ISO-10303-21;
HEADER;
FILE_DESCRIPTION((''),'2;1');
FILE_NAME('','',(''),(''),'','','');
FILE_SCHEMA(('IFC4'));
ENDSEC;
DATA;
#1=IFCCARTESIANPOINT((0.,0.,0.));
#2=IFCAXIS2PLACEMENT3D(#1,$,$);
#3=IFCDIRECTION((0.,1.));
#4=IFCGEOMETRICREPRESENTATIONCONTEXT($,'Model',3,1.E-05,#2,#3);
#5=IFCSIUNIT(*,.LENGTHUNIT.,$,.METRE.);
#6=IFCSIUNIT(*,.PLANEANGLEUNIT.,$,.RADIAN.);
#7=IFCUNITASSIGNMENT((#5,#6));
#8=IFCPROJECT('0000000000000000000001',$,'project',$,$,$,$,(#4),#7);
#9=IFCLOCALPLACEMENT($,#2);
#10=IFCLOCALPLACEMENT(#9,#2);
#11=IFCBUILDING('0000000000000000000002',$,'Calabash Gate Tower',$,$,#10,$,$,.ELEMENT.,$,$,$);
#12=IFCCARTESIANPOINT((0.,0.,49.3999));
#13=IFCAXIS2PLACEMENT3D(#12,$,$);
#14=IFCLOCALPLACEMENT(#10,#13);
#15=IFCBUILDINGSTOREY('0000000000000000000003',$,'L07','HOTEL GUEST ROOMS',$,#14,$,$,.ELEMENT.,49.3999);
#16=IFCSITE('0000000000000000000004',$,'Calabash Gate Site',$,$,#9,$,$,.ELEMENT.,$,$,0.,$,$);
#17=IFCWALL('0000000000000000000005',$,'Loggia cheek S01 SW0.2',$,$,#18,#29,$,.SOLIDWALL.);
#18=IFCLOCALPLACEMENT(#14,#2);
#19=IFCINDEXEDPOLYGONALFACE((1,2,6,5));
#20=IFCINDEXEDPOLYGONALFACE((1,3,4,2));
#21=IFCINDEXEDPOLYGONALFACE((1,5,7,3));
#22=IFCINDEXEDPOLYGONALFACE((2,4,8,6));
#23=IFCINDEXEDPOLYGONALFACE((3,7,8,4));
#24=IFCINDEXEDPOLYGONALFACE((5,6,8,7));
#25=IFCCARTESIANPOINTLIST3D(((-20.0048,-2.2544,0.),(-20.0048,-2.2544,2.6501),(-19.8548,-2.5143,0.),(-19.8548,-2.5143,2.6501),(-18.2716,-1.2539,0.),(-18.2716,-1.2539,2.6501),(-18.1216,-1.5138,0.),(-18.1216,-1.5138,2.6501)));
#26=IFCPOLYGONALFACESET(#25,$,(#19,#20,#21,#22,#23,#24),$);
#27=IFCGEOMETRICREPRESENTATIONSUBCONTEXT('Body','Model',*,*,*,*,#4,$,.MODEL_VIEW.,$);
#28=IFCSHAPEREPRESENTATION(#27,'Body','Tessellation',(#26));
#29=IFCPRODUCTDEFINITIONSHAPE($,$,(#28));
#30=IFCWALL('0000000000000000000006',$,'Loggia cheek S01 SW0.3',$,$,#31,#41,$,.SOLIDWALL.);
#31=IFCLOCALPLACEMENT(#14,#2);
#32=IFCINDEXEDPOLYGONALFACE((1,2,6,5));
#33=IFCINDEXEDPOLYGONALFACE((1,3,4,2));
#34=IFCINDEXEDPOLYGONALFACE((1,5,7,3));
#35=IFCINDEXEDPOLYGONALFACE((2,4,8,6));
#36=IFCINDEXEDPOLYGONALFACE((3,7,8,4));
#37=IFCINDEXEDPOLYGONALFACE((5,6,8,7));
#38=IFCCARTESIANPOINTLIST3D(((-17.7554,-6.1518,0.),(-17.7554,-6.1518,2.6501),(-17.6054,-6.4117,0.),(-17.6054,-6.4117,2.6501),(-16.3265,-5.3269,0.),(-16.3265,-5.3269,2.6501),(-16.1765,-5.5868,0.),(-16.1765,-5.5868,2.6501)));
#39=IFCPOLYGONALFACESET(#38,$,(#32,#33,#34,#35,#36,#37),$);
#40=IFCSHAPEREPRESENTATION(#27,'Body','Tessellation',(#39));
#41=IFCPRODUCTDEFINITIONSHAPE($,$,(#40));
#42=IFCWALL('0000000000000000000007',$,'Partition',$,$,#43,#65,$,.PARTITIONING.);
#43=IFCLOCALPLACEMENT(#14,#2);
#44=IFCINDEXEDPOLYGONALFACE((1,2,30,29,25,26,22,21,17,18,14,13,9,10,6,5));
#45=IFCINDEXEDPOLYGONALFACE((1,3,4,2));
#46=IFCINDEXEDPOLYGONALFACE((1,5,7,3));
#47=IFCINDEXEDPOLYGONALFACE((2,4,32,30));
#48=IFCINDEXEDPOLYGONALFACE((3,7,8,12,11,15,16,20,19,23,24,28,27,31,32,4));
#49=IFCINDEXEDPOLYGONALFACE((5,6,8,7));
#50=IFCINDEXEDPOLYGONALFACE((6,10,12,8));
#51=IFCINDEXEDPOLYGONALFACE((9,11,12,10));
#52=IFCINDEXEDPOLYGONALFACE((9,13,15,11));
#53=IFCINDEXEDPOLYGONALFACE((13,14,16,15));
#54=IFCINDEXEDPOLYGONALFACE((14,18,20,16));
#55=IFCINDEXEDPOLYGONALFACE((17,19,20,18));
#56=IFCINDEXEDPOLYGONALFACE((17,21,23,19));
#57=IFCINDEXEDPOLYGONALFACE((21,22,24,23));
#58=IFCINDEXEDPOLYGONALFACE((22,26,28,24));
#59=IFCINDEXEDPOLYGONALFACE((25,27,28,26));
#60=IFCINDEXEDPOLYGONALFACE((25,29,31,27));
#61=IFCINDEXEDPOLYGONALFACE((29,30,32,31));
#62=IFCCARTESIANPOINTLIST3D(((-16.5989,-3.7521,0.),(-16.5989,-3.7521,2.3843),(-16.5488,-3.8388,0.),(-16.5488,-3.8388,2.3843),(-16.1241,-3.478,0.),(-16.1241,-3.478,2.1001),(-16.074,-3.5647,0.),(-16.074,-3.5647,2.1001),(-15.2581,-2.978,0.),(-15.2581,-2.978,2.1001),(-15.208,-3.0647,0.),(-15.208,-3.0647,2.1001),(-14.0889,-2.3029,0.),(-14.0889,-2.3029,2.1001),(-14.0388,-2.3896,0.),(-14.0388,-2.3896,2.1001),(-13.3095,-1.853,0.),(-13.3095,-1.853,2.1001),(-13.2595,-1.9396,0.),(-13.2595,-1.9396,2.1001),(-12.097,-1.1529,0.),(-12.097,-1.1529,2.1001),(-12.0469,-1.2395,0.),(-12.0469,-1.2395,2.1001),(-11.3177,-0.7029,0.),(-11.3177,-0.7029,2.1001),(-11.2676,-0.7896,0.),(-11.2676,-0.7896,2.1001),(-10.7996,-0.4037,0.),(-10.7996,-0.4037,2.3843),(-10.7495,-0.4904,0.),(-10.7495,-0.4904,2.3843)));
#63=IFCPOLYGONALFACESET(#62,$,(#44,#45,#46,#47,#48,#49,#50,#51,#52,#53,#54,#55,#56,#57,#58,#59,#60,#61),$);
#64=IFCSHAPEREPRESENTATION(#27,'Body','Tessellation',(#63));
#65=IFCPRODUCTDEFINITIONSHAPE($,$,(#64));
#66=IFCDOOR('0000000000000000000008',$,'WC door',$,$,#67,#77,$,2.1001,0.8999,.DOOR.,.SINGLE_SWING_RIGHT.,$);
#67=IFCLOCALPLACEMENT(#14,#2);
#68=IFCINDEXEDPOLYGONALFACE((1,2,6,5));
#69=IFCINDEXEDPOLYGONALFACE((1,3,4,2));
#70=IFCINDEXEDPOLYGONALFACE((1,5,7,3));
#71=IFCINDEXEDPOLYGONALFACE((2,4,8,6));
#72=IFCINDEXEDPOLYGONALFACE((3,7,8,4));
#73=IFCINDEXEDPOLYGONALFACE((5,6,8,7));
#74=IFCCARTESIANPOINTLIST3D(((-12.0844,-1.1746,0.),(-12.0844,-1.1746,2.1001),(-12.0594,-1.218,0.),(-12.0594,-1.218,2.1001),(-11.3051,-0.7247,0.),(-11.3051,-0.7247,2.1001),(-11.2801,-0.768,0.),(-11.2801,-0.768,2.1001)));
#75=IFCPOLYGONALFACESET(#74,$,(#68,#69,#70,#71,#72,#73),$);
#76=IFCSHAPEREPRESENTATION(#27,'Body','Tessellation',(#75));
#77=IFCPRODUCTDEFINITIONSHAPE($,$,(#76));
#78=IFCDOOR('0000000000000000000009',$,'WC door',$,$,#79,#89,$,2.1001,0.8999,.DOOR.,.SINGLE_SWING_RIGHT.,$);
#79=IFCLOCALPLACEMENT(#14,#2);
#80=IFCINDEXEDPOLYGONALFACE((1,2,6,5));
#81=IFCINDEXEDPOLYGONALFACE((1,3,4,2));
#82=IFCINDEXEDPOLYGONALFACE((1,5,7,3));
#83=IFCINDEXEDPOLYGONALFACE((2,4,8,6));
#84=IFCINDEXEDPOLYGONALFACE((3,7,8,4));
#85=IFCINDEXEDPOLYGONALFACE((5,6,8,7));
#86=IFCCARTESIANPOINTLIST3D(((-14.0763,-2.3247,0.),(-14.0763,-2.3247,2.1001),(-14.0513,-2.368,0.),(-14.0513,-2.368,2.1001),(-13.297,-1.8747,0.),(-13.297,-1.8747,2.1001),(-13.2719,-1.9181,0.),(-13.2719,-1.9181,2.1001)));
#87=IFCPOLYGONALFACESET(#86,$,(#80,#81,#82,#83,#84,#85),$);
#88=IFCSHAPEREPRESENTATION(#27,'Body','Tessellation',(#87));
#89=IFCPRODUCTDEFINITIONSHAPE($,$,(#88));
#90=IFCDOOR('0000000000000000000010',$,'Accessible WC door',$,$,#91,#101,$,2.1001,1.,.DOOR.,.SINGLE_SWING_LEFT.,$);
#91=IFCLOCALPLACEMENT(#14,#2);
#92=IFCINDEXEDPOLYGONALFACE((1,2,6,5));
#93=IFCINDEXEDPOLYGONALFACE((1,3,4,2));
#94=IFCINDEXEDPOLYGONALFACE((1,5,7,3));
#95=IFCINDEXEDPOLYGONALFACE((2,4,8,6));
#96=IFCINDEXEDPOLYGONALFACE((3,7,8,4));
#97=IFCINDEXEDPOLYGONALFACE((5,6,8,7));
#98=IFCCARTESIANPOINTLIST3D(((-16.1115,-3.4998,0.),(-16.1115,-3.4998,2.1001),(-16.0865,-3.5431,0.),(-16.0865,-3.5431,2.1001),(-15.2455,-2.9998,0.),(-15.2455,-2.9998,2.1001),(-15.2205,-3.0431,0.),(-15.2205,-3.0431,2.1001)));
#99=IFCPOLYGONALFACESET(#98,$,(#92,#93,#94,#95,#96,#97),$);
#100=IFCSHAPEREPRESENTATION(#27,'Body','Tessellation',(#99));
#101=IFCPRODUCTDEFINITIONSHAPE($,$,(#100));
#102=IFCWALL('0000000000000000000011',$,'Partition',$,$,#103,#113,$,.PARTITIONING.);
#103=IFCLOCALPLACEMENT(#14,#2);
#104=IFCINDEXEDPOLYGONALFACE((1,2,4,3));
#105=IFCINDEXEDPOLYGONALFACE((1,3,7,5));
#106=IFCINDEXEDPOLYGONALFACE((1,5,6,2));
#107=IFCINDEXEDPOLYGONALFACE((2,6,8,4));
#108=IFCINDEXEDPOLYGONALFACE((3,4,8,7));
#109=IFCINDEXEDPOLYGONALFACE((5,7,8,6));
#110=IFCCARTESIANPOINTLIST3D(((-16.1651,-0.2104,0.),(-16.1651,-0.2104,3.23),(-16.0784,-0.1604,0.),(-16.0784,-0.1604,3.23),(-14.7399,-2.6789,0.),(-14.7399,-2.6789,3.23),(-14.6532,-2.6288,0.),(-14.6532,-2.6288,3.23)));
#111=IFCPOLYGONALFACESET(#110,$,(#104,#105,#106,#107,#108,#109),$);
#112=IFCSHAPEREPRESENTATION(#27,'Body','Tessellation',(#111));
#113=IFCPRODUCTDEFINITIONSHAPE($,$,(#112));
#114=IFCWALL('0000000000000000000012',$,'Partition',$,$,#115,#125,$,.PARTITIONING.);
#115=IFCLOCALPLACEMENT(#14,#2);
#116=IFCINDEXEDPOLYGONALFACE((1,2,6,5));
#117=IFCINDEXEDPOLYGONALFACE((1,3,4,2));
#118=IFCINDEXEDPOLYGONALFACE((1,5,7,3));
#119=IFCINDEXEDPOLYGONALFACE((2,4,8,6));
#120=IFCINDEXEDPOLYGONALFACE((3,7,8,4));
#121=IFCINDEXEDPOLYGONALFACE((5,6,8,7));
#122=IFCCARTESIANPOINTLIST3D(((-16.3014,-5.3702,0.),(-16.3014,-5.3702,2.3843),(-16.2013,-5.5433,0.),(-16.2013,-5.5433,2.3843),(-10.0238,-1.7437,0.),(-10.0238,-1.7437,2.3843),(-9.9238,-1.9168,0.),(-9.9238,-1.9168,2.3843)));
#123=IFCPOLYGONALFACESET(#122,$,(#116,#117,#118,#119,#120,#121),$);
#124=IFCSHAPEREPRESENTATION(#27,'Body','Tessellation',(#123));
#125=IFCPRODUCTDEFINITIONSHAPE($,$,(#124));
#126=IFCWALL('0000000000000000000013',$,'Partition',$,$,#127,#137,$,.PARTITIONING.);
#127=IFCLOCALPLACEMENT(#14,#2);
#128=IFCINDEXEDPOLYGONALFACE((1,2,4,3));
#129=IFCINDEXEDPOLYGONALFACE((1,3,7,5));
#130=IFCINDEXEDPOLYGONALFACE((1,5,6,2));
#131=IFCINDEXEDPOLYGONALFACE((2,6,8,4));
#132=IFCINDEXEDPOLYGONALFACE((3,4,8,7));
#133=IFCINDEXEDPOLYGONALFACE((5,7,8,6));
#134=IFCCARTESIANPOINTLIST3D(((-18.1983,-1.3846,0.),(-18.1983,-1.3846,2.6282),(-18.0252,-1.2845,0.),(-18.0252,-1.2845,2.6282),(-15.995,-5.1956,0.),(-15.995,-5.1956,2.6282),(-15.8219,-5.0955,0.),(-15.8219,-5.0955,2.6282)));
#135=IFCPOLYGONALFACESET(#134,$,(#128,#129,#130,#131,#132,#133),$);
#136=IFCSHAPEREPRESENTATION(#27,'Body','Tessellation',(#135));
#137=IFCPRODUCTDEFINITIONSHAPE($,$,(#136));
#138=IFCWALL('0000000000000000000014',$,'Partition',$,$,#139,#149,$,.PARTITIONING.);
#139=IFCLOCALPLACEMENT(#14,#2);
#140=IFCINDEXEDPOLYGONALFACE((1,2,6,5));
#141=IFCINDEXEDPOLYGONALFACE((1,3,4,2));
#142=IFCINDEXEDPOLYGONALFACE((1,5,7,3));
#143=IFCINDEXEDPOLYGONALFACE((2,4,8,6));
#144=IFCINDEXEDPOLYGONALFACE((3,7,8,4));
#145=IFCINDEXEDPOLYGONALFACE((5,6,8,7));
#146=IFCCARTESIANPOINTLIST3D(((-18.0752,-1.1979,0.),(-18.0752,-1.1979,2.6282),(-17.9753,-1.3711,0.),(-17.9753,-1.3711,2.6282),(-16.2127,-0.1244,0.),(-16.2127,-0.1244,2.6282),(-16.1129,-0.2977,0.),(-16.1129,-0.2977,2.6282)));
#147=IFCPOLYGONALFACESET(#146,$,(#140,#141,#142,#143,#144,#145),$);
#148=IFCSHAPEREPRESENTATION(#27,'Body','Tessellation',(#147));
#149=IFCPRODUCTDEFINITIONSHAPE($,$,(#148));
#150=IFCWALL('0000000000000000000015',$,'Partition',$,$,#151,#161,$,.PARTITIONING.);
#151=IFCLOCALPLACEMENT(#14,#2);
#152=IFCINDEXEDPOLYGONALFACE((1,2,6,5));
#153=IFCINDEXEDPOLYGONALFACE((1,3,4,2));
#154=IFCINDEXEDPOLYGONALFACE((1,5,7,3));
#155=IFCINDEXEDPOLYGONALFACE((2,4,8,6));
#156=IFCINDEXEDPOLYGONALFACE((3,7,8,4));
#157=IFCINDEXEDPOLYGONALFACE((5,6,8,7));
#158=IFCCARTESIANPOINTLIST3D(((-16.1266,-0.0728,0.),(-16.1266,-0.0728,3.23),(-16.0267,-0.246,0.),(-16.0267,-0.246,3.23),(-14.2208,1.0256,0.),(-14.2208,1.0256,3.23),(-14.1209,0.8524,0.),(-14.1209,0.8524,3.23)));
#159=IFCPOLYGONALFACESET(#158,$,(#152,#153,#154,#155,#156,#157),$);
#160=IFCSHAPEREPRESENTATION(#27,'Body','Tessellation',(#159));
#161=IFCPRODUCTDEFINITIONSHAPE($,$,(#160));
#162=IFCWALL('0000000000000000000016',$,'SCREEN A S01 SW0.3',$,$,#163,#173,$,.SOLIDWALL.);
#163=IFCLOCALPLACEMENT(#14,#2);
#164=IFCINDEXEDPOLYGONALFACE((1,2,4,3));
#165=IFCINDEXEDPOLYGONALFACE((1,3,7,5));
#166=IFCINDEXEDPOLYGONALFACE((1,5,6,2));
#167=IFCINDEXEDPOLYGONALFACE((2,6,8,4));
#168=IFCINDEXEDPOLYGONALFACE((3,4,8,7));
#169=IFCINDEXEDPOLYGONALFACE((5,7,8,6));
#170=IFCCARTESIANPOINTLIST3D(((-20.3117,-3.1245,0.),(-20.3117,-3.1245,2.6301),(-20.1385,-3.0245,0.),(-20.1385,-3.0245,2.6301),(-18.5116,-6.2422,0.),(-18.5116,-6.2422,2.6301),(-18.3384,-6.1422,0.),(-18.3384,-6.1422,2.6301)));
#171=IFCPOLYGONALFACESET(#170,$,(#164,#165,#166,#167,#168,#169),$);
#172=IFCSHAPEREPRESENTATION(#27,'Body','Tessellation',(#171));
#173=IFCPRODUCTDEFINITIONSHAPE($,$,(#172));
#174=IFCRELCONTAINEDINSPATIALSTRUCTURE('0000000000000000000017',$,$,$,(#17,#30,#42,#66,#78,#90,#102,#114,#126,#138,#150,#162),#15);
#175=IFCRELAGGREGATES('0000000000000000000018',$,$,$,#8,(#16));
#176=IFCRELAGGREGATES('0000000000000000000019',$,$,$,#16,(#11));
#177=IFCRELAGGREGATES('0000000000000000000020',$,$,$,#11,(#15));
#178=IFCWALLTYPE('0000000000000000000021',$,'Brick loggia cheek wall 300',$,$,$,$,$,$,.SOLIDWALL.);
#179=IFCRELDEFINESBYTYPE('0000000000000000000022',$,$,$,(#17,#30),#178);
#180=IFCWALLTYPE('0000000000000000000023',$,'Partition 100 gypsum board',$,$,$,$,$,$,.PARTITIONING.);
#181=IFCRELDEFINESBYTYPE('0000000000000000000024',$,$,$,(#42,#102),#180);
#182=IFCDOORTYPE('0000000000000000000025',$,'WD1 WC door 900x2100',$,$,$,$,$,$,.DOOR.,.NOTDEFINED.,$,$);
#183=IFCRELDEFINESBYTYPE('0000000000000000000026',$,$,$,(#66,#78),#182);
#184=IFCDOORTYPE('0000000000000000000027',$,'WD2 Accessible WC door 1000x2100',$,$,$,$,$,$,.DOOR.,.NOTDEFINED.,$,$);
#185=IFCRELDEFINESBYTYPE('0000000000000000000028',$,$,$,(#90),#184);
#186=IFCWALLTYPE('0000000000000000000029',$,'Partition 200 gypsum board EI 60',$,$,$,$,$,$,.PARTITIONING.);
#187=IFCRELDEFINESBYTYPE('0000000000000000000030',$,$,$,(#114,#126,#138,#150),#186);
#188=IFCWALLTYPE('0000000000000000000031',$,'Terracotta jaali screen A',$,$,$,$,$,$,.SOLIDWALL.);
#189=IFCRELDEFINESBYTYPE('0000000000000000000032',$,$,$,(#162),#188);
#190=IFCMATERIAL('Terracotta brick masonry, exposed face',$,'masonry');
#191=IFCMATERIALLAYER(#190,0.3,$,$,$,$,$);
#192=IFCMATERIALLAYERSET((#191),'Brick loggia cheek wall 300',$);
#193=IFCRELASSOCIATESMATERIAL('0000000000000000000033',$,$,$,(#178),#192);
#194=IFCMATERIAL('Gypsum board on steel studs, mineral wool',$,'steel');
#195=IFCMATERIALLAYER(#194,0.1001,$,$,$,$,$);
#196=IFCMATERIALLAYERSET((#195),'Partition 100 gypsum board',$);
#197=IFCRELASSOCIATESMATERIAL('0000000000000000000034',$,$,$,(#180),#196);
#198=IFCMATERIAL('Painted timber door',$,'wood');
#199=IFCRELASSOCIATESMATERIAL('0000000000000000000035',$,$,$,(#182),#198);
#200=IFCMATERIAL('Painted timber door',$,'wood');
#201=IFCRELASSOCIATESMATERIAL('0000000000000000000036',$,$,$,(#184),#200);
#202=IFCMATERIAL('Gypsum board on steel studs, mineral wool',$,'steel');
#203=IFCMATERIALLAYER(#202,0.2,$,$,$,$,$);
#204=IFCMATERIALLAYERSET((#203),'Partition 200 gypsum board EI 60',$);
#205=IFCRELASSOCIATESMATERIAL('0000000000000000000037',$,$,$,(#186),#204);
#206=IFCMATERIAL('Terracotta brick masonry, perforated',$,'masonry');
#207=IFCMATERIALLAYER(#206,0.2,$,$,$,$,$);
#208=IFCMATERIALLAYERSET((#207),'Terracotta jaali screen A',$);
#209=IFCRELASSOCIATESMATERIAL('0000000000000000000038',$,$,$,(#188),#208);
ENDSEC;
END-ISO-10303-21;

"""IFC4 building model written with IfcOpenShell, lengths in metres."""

from ifc_helpers import new_model, si_unit, direction, frame, frame_2d, origin, place, context, subcontext, project, spatial, rectangle, extrude, material, layer, layer_set, type_object, element, fill, save


model = new_model("IFC4")

# Units and contexts
model_context = context("Model", 3, precision=1e-05, world=origin(), true_north=direction((0.0, 1.0)))
body_context = subcontext(model_context, "Body", "Model", "MODEL_VIEW")
ifc_project = project(units=[si_unit("LENGTHUNIT", "METRE"), si_unit("PLANEANGLEUNIT", "RADIAN")], contexts=[model_context])

# Site, building, storey
site_placement = place(None, origin())
site = spatial("IfcSite", under=ifc_project, at=site_placement, Name="Calabash Gate Site", CompositionType="ELEMENT", RefElevation=0.0)
building_placement = place(site_placement, origin())
building = spatial("IfcBuilding", under=site, at=building_placement, Name="Calabash Gate Tower", CompositionType="ELEMENT")
storey_placement = place(building_placement, frame((0.0, 0.0, 49.3999)))
storey = spatial("IfcBuildingStorey", under=building, at=storey_placement, Name="L07", Description="HOTEL GUEST ROOMS", CompositionType="ELEMENT", Elevation=49.3999)

# Walls
ifc_material_1 = material(Name="Terracotta brick masonry, exposed face", Category="masonry")
ifc_layer_1 = layer(ifc_material_1, 0.3)
ifc_layer_set_1 = layer_set([ifc_layer_1], Name="Brick loggia cheek wall 300")
wall_type_1 = type_object("IfcWallType", Name="Brick loggia cheek wall 300", PredefinedType="SOLIDWALL", material=ifc_layer_set_1)
wall_1_placement = place(storey_placement, frame((-19.9297, -2.3843, 0.0), z_axis=(0.0, 0.0, 1.0), x_axis=(0.866058, 0.499944, 0.0)))
element("IfcWall", 1, at=wall_1_placement, inside=storey, type_object=wall_type_1, Name="Loggia cheek S01 SW0.2", PredefinedType="SOLIDWALL", context=body_context, shape_type="SweptSolid", body=[
    extrude(rectangle(XDim=2.0012, YDim=0.3, at=frame_2d((1.0005, 0.0))), origin(), (0.0, 0.0, 1.0), 2.6501),
])
wall_2_placement = place(storey_placement, frame((-17.6804, -6.2817, 0.0), z_axis=(0.0, 0.0, 1.0), x_axis=(0.86604, 0.499974, 0.0)))
element("IfcWall", 2, at=wall_2_placement, inside=storey, type_object=wall_type_1, Name="Loggia cheek S01 SW0.3", PredefinedType="SOLIDWALL", context=body_context, shape_type="SweptSolid", body=[
    extrude(rectangle(XDim=1.6499, YDim=0.3, at=frame_2d((0.825, 0.0))), origin(), (0.0, 0.0, 1.0), 2.6501),
])

# Wall, openings, doors
ifc_material_2 = material(Name="Gypsum board on steel studs, mineral wool", Category="steel")
ifc_layer_2 = layer(ifc_material_2, 0.1001)
ifc_layer_set_2 = layer_set([ifc_layer_2], Name="Partition 100 gypsum board")
wall_type_2 = type_object("IfcWallType", Name="Partition 100 gypsum board", PredefinedType="PARTITIONING", material=ifc_layer_set_2)
wall_3_placement = place(storey_placement, frame((-16.5737, -3.7954, 0.0), z_axis=(0.0, 0.0, 1.0), x_axis=(0.866016, 0.500017, 0.0)))
wall_3 = element("IfcWall", 3, at=wall_3_placement, inside=storey, type_object=wall_type_2, Name="Partition", PredefinedType="PARTITIONING", context=body_context, shape_type="SweptSolid", body=[
    extrude(rectangle(XDim=6.6965, YDim=0.1001, at=frame_2d((3.3481, 0.0))), origin(), (0.0, 0.0, 1.0), 2.3843),
])
opening_1_placement = place(wall_3_placement, frame((5.1982, 0.0, 0.0)))
opening_1 = element("IfcOpeningElement", 4, at=opening_1_placement, cuts=wall_3, PredefinedType="OPENING", context=body_context, shape_type="SweptSolid", body=[
    extrude(rectangle(XDim=0.8999, YDim=2.1001, at=frame_2d((0.45, 1.05))), frame((0.0, 0.0601, 0.0), z_axis=(0.0, -1.0, 0.0), x_axis=(1.0, 0.0, 0.0)), (0.0, 0.0, 1.0), 0.1201),
])
opening_2_placement = place(wall_3_placement, frame((2.8982, 0.0, 0.0)))
opening_2 = element("IfcOpeningElement", 5, at=opening_2_placement, cuts=wall_3, PredefinedType="OPENING", context=body_context, shape_type="SweptSolid", body=[
    extrude(rectangle(XDim=0.8999, YDim=2.1001, at=frame_2d((0.45, 1.05))), frame((0.0, 0.0601, 0.0), z_axis=(0.0, -1.0, 0.0), x_axis=(1.0, 0.0, 0.0)), (0.0, 0.0, 1.0), 0.1201),
])
opening_3_placement = place(wall_3_placement, frame((0.5481, 0.0, 0.0)))
opening_3 = element("IfcOpeningElement", 6, at=opening_3_placement, cuts=wall_3, PredefinedType="OPENING", context=body_context, shape_type="SweptSolid", body=[
    extrude(rectangle(XDim=1.0, YDim=2.1001, at=frame_2d((0.5, 1.05))), frame((0.0, 0.0601, 0.0), z_axis=(0.0, -1.0, 0.0), x_axis=(1.0, 0.0, 0.0)), (0.0, 0.0, 1.0), 0.1201),
])
ifc_material_3 = material(Name="Painted timber door", Category="wood")
door_type_1 = type_object("IfcDoorType", Name="WD1 WC door 900x2100", OperationType="NOTDEFINED", PredefinedType="DOOR", material=ifc_material_3)
door_1_placement = place(opening_1_placement, origin())
door_1 = element("IfcDoor", 7, at=door_1_placement, inside=storey, type_object=door_type_1, Name="WC door", OperationType="SINGLE_SWING_RIGHT", OverallHeight=2.1001, OverallWidth=0.8999, PredefinedType="DOOR", context=body_context, shape_type="SweptSolid", body=[
    extrude(rectangle(XDim=0.8999, YDim=2.1001, at=frame_2d((0.45, 1.05))), frame((0.0, 0.0249, 0.0), z_axis=(0.0, -1.0, 0.0), x_axis=(1.0, 0.0, 0.0)), (0.0, 0.0, 1.0), 0.05),
])
fill(opening_1, door_1)
door_2_placement = place(opening_2_placement, origin())
door_2 = element("IfcDoor", 8, at=door_2_placement, inside=storey, type_object=door_type_1, Name="WC door", OperationType="SINGLE_SWING_RIGHT", OverallHeight=2.1001, OverallWidth=0.8999, PredefinedType="DOOR", context=body_context, shape_type="SweptSolid", body=[
    extrude(rectangle(XDim=0.8999, YDim=2.1001, at=frame_2d((0.45, 1.05))), frame((0.0, 0.0249, 0.0), z_axis=(0.0, -1.0, 0.0), x_axis=(1.0, 0.0, 0.0)), (0.0, 0.0, 1.0), 0.05),
])
fill(opening_2, door_2)
ifc_material_4 = material(Name="Painted timber door", Category="wood")
door_type_2 = type_object("IfcDoorType", Name="WD2 Accessible WC door 1000x2100", OperationType="NOTDEFINED", PredefinedType="DOOR", material=ifc_material_4)
door_3_placement = place(opening_3_placement, origin())
door_3 = element("IfcDoor", 9, at=door_3_placement, inside=storey, type_object=door_type_2, Name="Accessible WC door", OperationType="SINGLE_SWING_LEFT", OverallHeight=2.1001, OverallWidth=1.0, PredefinedType="DOOR", context=body_context, shape_type="SweptSolid", body=[
    extrude(rectangle(XDim=1.0, YDim=2.1001, at=frame_2d((0.5, 1.05))), frame((0.0, 0.0249, 0.0), z_axis=(0.0, -1.0, 0.0), x_axis=(1.0, 0.0, 0.0)), (0.0, 0.0, 1.0), 0.05),
])
fill(opening_3, door_3)

# Walls
wall_4_placement = place(storey_placement, frame((-16.1218, -0.1853, 0.0), z_axis=(0.0, 0.0, 1.0), x_axis=(0.500026, -0.86601, 0.0)))
element("IfcWall", 10, at=wall_4_placement, inside=storey, type_object=wall_type_2, Name="Partition", PredefinedType="PARTITIONING", context=body_context, shape_type="SweptSolid", body=[
    extrude(rectangle(XDim=2.8503, YDim=0.1001, at=frame_2d((1.4253, 0.0))), origin(), (0.0, 0.0, 1.0), 3.23),
])
ifc_material_5 = material(Name="Gypsum board on steel studs, mineral wool", Category="steel")
ifc_layer_3 = layer(ifc_material_5, 0.2)
ifc_layer_set_3 = layer_set([ifc_layer_3], Name="Partition 200 gypsum board EI 60")
wall_type_3 = type_object("IfcWallType", Name="Partition 200 gypsum board EI 60", PredefinedType="PARTITIONING", material=ifc_layer_set_3)
wall_5_placement = place(storey_placement, frame((-16.2515, -5.4568, 0.0), z_axis=(0.0, 0.0, 1.0), x_axis=(0.8659, 0.500217, 0.0)))
element("IfcWall", 11, at=wall_5_placement, inside=storey, type_object=wall_type_3, Name="Partition", PredefinedType="PARTITIONING", context=body_context, shape_type="SweptSolid", body=[
    extrude(rectangle(XDim=7.2498, YDim=0.2, at=frame_2d((3.625, 0.0))), origin(), (0.0, 0.0, 1.0), 2.3843),
])
wall_6_placement = place(storey_placement, frame((-18.1118, -1.3345, 0.0), z_axis=(0.0, 0.0, 1.0), x_axis=(0.500522, -0.865724, 0.0)))
element("IfcWall", 12, at=wall_6_placement, inside=storey, type_object=wall_type_3, Name="Partition", PredefinedType="PARTITIONING", context=body_context, shape_type="SweptSolid", body=[
    extrude(rectangle(XDim=4.4021, YDim=0.2, at=frame_2d((2.2012, 0.0))), origin(), (0.0, 0.0, 1.0), 2.6282),
])
wall_7_placement = place(storey_placement, frame((-18.0251, -1.2844, 0.0), z_axis=(0.0, 0.0, 1.0), x_axis=(0.866399, 0.499352, 0.0)))
element("IfcWall", 13, at=wall_7_placement, inside=storey, type_object=wall_type_3, Name="Partition", PredefinedType="PARTITIONING", context=body_context, shape_type="SweptSolid", body=[
    extrude(rectangle(XDim=2.1497, YDim=0.2, at=frame_2d((1.0747, 0.0))), origin(), (0.0, 0.0, 1.0), 2.6282),
])
wall_8_placement = place(storey_placement, frame((-16.0767, -0.1594, 0.0), z_axis=(0.0, 0.0, 1.0), x_axis=(0.8664, 0.499351, 0.0)))
element("IfcWall", 14, at=wall_8_placement, inside=storey, type_object=wall_type_3, Name="Partition", PredefinedType="PARTITIONING", context=body_context, shape_type="SweptSolid", body=[
    extrude(rectangle(XDim=2.1997, YDim=0.2, at=frame_2d((1.0999, 0.0))), origin(), (0.0, 0.0, 1.0), 3.23),
])
ifc_material_6 = material(Name="Terracotta brick masonry, perforated", Category="masonry")
ifc_layer_4 = layer(ifc_material_6, 0.2)
ifc_layer_set_4 = layer_set([ifc_layer_4], Name="Terracotta jaali screen A")
wall_type_4 = type_object("IfcWallType", Name="Terracotta jaali screen A", PredefinedType="SOLIDWALL", material=ifc_layer_set_4)
for number, where, z_axis, x_axis, name in (
    (15, (-20.2251, -3.0745, 0.0), (0.0, 0.0, 1.0), (0.500012, -0.866018, 0.0), "SCREEN A S01 SW0.3"),
):
    element("IfcWall", number, at=place(storey_placement, frame(where, z_axis=z_axis, x_axis=x_axis)), inside=storey, type_object=wall_type_4, Name=name, PredefinedType="SOLIDWALL", context=body_context, shape_type="SweptSolid", body=[
        extrude(rectangle(XDim=3.6001, YDim=0.2, at=frame_2d((1.8, 0.0))), origin(), (0.0, 0.0, 1.0), 2.6301),
    ])

save(model, "model.ifc")
